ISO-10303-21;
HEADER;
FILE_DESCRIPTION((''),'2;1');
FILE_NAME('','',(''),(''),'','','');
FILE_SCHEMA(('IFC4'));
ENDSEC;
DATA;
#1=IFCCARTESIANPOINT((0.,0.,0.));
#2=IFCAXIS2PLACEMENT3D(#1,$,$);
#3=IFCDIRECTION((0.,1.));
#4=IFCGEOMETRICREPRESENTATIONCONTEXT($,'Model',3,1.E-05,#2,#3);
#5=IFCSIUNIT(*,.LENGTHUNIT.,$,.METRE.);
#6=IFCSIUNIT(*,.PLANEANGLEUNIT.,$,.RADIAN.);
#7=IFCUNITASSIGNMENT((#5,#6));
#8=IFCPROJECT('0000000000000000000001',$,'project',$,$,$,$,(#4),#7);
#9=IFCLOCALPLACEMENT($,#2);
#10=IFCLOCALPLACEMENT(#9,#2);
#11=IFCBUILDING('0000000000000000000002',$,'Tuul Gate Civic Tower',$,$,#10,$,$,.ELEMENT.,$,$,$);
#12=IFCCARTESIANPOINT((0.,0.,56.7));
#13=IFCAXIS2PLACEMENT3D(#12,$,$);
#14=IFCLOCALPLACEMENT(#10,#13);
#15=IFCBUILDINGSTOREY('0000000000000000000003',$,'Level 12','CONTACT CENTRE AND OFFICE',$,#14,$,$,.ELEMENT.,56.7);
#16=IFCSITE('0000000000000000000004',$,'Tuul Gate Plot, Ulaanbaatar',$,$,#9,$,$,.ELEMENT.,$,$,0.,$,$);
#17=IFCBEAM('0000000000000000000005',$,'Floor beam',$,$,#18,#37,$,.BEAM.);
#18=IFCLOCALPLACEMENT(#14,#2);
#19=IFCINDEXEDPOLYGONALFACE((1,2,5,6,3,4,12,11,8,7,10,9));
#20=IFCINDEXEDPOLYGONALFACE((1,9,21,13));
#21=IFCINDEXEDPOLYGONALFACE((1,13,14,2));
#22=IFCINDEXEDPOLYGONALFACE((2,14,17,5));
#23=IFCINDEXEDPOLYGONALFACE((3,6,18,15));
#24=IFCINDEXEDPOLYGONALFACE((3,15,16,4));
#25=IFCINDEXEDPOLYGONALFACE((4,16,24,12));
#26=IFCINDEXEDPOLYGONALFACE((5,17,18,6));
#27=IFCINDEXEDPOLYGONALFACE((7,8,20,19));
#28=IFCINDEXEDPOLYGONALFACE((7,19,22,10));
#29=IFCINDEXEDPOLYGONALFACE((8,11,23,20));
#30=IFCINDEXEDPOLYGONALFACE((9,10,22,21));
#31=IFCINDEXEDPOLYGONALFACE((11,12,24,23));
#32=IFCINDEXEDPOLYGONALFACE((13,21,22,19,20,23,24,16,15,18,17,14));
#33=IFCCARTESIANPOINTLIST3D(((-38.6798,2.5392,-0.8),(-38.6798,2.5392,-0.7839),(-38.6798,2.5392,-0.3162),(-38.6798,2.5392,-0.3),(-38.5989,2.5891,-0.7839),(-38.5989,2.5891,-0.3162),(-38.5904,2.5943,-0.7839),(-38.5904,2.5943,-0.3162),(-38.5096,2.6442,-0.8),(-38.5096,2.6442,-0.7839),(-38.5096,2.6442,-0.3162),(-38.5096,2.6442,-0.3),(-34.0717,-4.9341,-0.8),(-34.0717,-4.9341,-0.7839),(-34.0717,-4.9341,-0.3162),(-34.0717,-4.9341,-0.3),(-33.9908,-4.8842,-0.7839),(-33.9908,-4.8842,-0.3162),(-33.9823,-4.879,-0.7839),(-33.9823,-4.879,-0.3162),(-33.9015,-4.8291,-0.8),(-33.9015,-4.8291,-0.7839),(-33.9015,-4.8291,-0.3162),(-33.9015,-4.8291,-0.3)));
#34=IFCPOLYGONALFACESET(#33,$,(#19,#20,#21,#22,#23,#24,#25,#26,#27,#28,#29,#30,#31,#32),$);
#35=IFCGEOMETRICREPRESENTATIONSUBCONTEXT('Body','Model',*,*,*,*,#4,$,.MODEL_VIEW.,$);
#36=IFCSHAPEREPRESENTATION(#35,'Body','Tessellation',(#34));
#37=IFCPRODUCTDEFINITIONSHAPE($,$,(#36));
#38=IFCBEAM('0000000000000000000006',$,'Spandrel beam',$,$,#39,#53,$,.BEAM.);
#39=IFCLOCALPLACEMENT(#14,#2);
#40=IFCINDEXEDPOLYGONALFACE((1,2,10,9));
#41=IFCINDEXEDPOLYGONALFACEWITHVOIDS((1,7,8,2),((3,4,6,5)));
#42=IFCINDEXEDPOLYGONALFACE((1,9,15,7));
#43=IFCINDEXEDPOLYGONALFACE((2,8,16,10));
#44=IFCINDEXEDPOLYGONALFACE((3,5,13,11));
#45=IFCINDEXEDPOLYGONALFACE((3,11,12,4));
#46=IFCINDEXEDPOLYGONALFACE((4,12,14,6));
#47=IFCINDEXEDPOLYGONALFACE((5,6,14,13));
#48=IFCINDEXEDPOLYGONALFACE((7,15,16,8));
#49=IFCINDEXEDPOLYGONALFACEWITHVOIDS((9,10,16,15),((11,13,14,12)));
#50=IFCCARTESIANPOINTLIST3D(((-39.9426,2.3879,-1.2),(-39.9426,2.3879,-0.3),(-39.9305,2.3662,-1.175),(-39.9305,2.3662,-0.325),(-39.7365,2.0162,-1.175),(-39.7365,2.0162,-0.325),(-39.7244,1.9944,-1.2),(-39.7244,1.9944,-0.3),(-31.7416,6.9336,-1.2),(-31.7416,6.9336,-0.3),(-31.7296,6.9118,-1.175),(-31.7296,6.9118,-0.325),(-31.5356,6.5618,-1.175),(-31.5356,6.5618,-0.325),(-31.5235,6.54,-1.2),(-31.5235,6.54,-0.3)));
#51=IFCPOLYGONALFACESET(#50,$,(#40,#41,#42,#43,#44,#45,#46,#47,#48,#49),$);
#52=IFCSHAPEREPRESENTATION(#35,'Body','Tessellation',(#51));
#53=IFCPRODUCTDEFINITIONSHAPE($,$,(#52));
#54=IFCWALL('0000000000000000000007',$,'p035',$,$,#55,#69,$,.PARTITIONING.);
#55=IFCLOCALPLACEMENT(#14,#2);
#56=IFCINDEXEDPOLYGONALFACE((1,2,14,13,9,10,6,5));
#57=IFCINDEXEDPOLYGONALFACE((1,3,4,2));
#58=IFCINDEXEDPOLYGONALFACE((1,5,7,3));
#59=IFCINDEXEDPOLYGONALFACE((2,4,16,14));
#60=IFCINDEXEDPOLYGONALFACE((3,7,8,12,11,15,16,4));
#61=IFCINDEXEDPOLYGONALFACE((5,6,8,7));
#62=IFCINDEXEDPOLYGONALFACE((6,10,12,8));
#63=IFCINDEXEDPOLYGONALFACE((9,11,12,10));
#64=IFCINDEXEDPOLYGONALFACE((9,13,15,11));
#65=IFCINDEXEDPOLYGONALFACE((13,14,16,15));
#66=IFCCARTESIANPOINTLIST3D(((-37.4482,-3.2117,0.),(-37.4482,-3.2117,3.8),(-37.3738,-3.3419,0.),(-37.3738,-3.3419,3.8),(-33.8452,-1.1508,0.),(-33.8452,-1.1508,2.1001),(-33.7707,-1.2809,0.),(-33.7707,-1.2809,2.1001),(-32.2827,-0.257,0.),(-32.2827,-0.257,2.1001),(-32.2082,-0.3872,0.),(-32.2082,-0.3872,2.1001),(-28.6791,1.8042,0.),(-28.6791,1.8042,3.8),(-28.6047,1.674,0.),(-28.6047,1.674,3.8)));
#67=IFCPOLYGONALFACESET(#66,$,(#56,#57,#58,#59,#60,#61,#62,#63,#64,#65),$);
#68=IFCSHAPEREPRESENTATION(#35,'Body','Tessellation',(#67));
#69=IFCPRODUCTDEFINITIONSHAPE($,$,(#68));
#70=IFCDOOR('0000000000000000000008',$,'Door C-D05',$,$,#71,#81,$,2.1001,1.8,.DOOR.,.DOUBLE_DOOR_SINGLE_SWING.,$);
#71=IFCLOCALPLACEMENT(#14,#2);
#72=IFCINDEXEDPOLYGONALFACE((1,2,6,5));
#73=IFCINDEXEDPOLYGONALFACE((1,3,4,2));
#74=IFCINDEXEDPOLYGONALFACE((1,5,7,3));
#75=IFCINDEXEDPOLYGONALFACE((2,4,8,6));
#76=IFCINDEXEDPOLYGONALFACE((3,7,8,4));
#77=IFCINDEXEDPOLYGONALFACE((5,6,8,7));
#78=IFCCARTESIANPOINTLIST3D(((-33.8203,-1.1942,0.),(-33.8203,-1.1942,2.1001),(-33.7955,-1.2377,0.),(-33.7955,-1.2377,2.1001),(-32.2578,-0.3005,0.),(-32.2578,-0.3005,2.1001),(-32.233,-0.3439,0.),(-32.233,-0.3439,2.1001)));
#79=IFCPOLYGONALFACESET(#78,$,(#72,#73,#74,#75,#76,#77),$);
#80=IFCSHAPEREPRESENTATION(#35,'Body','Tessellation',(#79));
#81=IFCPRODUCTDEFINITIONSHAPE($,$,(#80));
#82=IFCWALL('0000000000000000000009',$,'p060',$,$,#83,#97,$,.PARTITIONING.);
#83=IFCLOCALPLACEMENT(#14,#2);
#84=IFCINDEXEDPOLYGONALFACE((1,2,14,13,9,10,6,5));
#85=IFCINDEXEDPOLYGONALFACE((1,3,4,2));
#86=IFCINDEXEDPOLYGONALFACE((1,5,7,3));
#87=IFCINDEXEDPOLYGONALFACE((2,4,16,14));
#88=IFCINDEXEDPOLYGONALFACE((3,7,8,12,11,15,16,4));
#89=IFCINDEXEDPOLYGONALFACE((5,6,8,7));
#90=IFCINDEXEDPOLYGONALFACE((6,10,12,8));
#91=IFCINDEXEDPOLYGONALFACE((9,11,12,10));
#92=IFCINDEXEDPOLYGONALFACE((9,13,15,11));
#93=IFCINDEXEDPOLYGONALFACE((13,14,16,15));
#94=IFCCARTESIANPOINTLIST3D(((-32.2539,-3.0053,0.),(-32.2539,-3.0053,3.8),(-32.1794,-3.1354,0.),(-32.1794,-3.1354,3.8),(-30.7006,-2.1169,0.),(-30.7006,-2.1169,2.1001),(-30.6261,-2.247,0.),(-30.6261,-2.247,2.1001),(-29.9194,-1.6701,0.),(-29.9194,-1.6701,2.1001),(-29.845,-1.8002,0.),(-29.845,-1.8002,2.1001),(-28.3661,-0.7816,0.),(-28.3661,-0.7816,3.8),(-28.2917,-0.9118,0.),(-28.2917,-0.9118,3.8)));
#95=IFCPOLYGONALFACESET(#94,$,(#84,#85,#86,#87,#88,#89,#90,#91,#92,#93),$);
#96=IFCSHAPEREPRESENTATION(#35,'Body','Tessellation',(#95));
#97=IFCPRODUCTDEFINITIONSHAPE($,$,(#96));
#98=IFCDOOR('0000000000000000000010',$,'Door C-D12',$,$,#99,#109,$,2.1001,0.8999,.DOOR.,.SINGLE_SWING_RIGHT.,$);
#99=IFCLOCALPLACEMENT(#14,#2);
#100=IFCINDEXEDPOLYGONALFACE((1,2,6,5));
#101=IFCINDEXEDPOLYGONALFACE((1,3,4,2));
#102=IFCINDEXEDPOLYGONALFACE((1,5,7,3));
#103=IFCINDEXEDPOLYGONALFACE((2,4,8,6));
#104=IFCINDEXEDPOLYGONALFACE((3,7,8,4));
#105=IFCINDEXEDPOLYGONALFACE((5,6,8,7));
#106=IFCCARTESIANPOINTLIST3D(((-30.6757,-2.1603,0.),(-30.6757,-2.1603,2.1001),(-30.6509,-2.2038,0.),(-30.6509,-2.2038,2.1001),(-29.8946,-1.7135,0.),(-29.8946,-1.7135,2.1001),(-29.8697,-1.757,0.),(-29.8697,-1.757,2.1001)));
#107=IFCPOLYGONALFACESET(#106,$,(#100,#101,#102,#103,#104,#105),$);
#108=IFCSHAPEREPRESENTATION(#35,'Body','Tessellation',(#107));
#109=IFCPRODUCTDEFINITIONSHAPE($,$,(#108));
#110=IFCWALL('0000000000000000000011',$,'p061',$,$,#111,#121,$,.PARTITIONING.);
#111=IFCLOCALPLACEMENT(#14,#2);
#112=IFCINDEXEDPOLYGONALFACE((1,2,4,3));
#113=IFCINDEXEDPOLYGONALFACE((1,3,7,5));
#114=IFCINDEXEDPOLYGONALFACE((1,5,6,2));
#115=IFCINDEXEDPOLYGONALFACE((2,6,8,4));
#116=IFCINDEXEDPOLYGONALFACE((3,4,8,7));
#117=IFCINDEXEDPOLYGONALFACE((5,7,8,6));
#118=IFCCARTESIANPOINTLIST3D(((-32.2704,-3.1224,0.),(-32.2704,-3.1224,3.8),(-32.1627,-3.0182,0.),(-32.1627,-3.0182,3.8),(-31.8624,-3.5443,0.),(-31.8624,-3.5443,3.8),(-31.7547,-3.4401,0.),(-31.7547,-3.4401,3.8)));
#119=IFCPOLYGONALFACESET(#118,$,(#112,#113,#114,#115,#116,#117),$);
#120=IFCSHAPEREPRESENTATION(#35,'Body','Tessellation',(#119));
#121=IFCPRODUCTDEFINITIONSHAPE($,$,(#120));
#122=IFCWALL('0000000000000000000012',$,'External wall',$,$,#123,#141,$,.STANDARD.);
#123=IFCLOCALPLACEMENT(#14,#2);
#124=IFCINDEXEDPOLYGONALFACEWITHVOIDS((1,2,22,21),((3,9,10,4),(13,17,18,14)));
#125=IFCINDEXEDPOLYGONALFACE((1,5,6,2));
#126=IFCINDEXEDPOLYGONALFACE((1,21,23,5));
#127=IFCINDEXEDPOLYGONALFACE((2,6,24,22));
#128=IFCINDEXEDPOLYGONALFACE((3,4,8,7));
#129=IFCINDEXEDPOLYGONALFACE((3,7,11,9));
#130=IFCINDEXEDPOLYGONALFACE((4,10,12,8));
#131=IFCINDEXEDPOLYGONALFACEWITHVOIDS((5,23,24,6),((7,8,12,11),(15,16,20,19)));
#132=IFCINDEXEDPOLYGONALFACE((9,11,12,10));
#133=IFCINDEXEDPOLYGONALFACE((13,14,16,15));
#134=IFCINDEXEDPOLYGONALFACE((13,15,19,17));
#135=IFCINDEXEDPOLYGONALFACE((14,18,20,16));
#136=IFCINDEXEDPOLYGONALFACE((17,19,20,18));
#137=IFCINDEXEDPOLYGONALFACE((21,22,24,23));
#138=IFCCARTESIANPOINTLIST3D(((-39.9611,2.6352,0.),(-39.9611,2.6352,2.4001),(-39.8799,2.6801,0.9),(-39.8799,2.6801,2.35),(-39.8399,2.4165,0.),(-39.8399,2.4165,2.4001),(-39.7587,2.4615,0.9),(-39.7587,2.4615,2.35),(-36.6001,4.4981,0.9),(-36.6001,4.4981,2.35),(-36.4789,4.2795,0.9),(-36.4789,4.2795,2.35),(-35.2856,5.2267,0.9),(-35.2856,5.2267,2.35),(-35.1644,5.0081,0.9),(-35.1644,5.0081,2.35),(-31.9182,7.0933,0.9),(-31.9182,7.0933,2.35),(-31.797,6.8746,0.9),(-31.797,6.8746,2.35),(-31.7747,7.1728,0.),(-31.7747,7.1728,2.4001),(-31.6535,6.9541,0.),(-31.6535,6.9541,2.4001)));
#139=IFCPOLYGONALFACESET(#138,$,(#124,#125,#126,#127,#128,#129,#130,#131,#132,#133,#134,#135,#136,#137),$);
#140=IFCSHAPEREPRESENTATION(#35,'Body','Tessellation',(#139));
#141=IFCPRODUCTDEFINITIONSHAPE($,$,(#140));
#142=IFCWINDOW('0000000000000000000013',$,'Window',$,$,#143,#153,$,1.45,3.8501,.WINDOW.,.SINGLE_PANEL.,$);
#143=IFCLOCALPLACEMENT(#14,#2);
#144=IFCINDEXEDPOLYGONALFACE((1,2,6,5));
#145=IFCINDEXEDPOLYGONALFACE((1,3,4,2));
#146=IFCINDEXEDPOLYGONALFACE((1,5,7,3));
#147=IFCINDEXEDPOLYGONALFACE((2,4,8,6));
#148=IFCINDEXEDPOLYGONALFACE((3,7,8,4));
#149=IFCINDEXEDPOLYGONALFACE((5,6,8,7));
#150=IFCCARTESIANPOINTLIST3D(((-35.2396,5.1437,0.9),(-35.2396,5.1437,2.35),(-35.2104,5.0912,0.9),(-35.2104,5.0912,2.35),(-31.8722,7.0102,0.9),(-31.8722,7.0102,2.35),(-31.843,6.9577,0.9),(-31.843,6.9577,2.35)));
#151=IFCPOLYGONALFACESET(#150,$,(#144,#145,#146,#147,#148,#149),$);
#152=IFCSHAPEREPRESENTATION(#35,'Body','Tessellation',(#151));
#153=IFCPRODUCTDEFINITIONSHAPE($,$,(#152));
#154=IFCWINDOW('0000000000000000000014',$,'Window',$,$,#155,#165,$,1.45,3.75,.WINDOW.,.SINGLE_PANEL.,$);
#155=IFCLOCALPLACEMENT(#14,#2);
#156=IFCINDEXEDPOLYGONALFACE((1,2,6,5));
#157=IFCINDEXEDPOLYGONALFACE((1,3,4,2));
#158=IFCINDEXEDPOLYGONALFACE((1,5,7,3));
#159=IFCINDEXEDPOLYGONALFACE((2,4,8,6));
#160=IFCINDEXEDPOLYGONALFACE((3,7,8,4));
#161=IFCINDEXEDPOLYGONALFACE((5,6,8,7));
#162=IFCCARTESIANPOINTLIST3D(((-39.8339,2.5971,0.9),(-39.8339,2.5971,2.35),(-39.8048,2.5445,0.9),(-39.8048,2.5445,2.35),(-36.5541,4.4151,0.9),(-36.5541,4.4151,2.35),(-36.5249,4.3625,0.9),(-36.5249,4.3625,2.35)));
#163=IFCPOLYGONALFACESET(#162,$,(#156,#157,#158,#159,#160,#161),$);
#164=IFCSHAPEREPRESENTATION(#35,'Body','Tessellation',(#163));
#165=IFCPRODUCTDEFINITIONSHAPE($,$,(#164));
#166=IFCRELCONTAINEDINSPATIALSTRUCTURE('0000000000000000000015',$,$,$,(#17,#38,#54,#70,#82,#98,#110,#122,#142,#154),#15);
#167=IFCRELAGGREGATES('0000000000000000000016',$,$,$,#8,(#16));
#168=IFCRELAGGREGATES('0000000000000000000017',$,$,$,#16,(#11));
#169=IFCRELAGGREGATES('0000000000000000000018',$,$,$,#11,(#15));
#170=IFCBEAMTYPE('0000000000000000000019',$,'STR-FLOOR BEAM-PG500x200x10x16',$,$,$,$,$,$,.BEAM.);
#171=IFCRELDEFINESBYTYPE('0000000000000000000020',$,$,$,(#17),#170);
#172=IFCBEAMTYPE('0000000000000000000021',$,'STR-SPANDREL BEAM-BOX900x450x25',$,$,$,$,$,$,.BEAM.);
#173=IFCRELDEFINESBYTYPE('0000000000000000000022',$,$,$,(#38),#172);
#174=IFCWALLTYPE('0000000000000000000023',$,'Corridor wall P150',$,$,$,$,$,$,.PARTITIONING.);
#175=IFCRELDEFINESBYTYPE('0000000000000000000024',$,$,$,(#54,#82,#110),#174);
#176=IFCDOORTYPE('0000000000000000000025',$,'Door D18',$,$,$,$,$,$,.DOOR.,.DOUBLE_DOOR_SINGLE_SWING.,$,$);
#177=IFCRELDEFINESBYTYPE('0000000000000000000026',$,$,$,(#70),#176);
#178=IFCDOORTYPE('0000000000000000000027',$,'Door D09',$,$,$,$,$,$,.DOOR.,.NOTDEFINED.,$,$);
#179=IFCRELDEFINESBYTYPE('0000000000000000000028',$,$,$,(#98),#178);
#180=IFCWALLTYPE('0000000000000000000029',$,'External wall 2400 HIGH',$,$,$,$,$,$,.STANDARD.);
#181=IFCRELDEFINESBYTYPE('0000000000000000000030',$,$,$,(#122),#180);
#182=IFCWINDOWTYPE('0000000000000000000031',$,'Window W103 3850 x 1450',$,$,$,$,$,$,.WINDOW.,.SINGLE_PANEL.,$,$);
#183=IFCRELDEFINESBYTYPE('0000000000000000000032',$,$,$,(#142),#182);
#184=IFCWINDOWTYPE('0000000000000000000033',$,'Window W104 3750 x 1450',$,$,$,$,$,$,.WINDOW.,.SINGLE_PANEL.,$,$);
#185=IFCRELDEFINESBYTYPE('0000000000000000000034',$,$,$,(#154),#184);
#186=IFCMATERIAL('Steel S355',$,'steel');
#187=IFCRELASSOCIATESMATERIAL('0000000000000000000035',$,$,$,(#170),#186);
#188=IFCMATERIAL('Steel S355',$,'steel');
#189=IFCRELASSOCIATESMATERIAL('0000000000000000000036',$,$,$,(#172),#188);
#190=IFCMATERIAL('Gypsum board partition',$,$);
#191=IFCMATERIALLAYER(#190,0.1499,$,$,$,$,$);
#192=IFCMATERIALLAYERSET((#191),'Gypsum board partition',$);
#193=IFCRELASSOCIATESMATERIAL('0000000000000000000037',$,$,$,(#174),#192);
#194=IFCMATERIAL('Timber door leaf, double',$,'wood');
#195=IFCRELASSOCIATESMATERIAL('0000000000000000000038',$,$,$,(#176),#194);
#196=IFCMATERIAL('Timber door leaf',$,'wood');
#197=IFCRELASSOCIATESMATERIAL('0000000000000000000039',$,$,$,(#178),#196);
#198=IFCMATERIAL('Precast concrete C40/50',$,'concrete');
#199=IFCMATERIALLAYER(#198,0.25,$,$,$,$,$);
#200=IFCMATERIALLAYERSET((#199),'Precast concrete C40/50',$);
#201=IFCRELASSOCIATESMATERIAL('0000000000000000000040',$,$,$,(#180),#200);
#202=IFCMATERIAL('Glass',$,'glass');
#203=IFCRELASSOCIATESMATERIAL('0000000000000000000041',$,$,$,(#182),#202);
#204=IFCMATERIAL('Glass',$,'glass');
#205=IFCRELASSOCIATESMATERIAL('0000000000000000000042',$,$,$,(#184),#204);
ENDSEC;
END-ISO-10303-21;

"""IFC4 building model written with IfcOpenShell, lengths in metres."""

from ifc_helpers import new_model, si_unit, direction, frame, frame_2d, origin, origin_2d, place, context, subcontext, project, spatial, rectangle, hollow_rectangle, i_section, extrude, material, layer, layer_set, material_profile, profile_set, type_object, element, fill, save


model = new_model("IFC4")

# Units and contexts
model_context = context("Model", 3, precision=1e-05, world=origin(), true_north=direction((0.0, 1.0)))
body_context = subcontext(model_context, "Body", "Model", "MODEL_VIEW")
ifc_project = project(units=[si_unit("LENGTHUNIT", "METRE"), si_unit("PLANEANGLEUNIT", "RADIAN")], contexts=[model_context])

# Site, building, storey
site_placement = place(None, origin())
site = spatial("IfcSite", under=ifc_project, at=site_placement, Name="Tuul Gate Plot, Ulaanbaatar", CompositionType="ELEMENT", RefElevation=0.0)
building_placement = place(site_placement, origin())
building = spatial("IfcBuilding", under=site, at=building_placement, Name="Tuul Gate Civic Tower", CompositionType="ELEMENT")
storey_placement = place(building_placement, frame((0.0, 0.0, 56.7)))
storey = spatial("IfcBuildingStorey", under=building, at=storey_placement, Name="Level 12", Description="CONTACT CENTRE AND OFFICE", CompositionType="ELEMENT", Elevation=56.7)

# Beams
ifc_material_1 = material(Name="Steel S355", Category="steel")
ifc_material_profile_1 = material_profile(ifc_material_1, i_section(OverallWidth=0.2, OverallDepth=0.5, WebThickness=0.01, FlangeThickness=0.0161, at=origin_2d()), Name="PG500x200x10x16")
ifc_profile_set_1 = profile_set([ifc_material_profile_1], Name="Steel S355")
beam_type_1 = type_object("IfcBeamType", Name="STR-FLOOR BEAM-PG500x200x10x16", PredefinedType="BEAM", material=ifc_profile_set_1)
beam_1_placement = place(storey_placement, frame((-33.9866, -4.8816, -0.55), z_axis=(-0.524853, 0.851193, 0.0), x_axis=(-0.851193, -0.524853, 0.0)))
element("IfcBeam", 1, at=beam_1_placement, inside=storey, type_object=beam_type_1, Name="Floor beam", PredefinedType="BEAM", context=body_context, shape_type="SweptSolid", body=[
    extrude(i_section(OverallWidth=0.2, OverallDepth=0.5, WebThickness=0.01, FlangeThickness=0.0161, at=origin_2d()), origin(), (0.0, 0.0, 1.0), 8.7798),
])
ifc_material_2 = material(Name="Steel S355", Category="steel")
ifc_material_profile_2 = material_profile(ifc_material_2, hollow_rectangle(XDim=0.45, YDim=0.8999, WallThickness=0.0249, at=origin_2d()), Name="BOX900x450x25")
ifc_profile_set_2 = profile_set([ifc_material_profile_2], Name="Steel S355")
beam_type_2 = type_object("IfcBeamType", Name="STR-SPANDREL BEAM-BOX900x450x25", PredefinedType="BEAM", material=ifc_profile_set_2)
beam_2_placement = place(storey_placement, frame((-31.6326, 6.7368, -0.75), z_axis=(-0.874628, -0.484794, 0.0), x_axis=(0.484794, -0.874628, 0.0)))
element("IfcBeam", 2, at=beam_2_placement, inside=storey, type_object=beam_type_2, Name="Spandrel beam", PredefinedType="BEAM", context=body_context, shape_type="SweptSolid", body=[
    extrude(hollow_rectangle(XDim=0.45, YDim=0.8999, WallThickness=0.0249, at=origin_2d()), origin(), (0.0, 0.0, 1.0), 9.3765),
])

# Walls, openings, doors
ifc_material_3 = material(Name="Gypsum board partition")
ifc_layer_1 = layer(ifc_material_3, 0.1499)
ifc_layer_set_1 = layer_set([ifc_layer_1], Name="Gypsum board partition")
wall_type_1 = type_object("IfcWallType", Name="Corridor wall P150", PredefinedType="PARTITIONING", material=ifc_layer_set_1)
wall_1_placement = place(storey_placement, frame((-37.4111, -3.2769, 0.0), z_axis=(0.0, 0.0, 1.0), x_axis=(0.86803, 0.496511, 0.0)))
wall_1 = element("IfcWall", 3, at=wall_1_placement, inside=storey, type_object=wall_type_1, Name="p035", PredefinedType="PARTITIONING", context=body_context, shape_type="SweptSolid", body=[
    extrude(rectangle(XDim=10.1023, YDim=0.1499, at=frame_2d((5.0513, 0.0))), origin(), (0.0, 0.0, 1.0), 3.8),
])
opening_1_placement = place(wall_1_placement, frame((4.1511, 0.0, 0.0)))
opening_1 = element("IfcOpeningElement", 4, at=opening_1_placement, cuts=wall_1, PredefinedType="OPENING", context=body_context, shape_type="SweptSolid", body=[
    extrude(rectangle(XDim=1.8, YDim=2.1001, at=frame_2d((0.8999, 1.05))), frame((0.0, 0.085, 0.0), z_axis=(0.0, -1.0, 0.0), x_axis=(1.0, 0.0, 0.0)), (0.0, 0.0, 1.0), 0.1699),
])
ifc_material_4 = material(Name="Timber door leaf, double", Category="wood")
door_type_1 = type_object("IfcDoorType", Name="Door D18", OperationType="DOUBLE_DOOR_SINGLE_SWING", PredefinedType="DOOR", material=ifc_material_4)
door_1_placement = place(opening_1_placement, origin())
door_1 = element("IfcDoor", 5, at=door_1_placement, inside=storey, type_object=door_type_1, Name="Door C-D05", OperationType="DOUBLE_DOOR_SINGLE_SWING", OverallHeight=2.1001, OverallWidth=1.8, PredefinedType="DOOR", context=body_context, shape_type="SweptSolid", body=[
    extrude(rectangle(XDim=1.8, YDim=2.1001, at=frame_2d((0.8999, 1.05))), frame((0.0, 0.0249, 0.0), z_axis=(0.0, -1.0, 0.0), x_axis=(1.0, 0.0, 0.0)), (0.0, 0.0, 1.0), 0.05),
])
fill(opening_1, door_1)
wall_2_placement = place(storey_placement, frame((-32.2166, -3.0703, 0.0), z_axis=(0.0, 0.0, 1.0), x_axis=(0.868042, 0.496491, 0.0)))
wall_2 = element("IfcWall", 6, at=wall_2_placement, inside=storey, type_object=wall_type_1, Name="p060", PredefinedType="PARTITIONING", context=body_context, shape_type="SweptSolid", body=[
    extrude(rectangle(XDim=4.4788, YDim=0.1499, at=frame_2d((2.2393, 0.0))), origin(), (0.0, 0.0, 1.0), 3.8),
])
opening_2_placement = place(wall_2_placement, frame((1.7893, 0.0, 0.0)))
opening_2 = element("IfcOpeningElement", 7, at=opening_2_placement, cuts=wall_2, PredefinedType="OPENING", context=body_context, shape_type="SweptSolid", body=[
    extrude(rectangle(XDim=0.8999, YDim=2.1001, at=frame_2d((0.45, 1.05))), frame((0.0, 0.085, 0.0), z_axis=(0.0, -1.0, 0.0), x_axis=(1.0, 0.0, 0.0)), (0.0, 0.0, 1.0), 0.1699),
])
ifc_material_5 = material(Name="Timber door leaf", Category="wood")
door_type_2 = type_object("IfcDoorType", Name="Door D09", OperationType="NOTDEFINED", PredefinedType="DOOR", material=ifc_material_5)
door_2_placement = place(opening_2_placement, origin())
door_2 = element("IfcDoor", 8, at=door_2_placement, inside=storey, type_object=door_type_2, Name="Door C-D12", OperationType="SINGLE_SWING_RIGHT", OverallHeight=2.1001, OverallWidth=0.8999, PredefinedType="DOOR", context=body_context, shape_type="SweptSolid", body=[
    extrude(rectangle(XDim=0.8999, YDim=2.1001, at=frame_2d((0.45, 1.05))), frame((0.0, 0.0249, 0.0), z_axis=(0.0, -1.0, 0.0), x_axis=(1.0, 0.0, 0.0)), (0.0, 0.0, 1.0), 0.05),
])
fill(opening_2, door_2)

# Wall
wall_3_placement = place(storey_placement, frame((-32.2166, -3.0703, 0.0), z_axis=(0.0, 0.0, 1.0), x_axis=(0.695151, -0.718864, 0.0)))
element("IfcWall", 9, at=wall_3_placement, inside=storey, type_object=wall_type_1, Name="p061", PredefinedType="PARTITIONING", context=body_context, shape_type="SweptSolid", body=[
    extrude(rectangle(XDim=0.5869, YDim=0.1499, at=frame_2d((0.2935, 0.0))), origin(), (0.0, 0.0, 1.0), 3.8),
])

# Wall, openings, windows
ifc_material_6 = material(Name="Precast concrete C40/50", Category="concrete")
ifc_layer_2 = layer(ifc_material_6, 0.25)
ifc_layer_set_2 = layer_set([ifc_layer_2], Name="Precast concrete C40/50")
wall_type_2 = type_object("IfcWallType", Name="External wall 2400 HIGH", PredefinedType="STANDARD", material=ifc_layer_set_2)
wall_4_placement = place(storey_placement, frame((-31.7141, 7.0635, 0.0), z_axis=(0.0, 0.0, 1.0), x_axis=(-0.874626, -0.484799, 0.0)))
wall_4 = element("IfcWall", 10, at=wall_4_placement, inside=storey, type_object=wall_type_2, Name="External wall", PredefinedType="STANDARD", context=body_context, shape_type="SweptSolid", body=[
    extrude(rectangle(XDim=9.3599, YDim=0.25, at=frame_2d((4.6799, 0.0))), origin(), (0.0, 0.0, 1.0), 2.4001),
])
opening_3_placement = place(wall_4_placement, frame((0.1641, 0.0, 0.8999)))
opening_3 = element("IfcOpeningElement", 11, at=opening_3_placement, cuts=wall_4, PredefinedType="OPENING", context=body_context, shape_type="SweptSolid", body=[
    extrude(rectangle(XDim=3.8501, YDim=1.45, at=frame_2d((1.925, 0.7251))), frame((0.0, 0.135, 0.0), z_axis=(0.0, -1.0, 0.0), x_axis=(1.0, 0.0, 0.0)), (0.0, 0.0, 1.0), 0.27),
])
opening_4_placement = place(wall_4_placement, frame((5.5171, 0.0, 0.8999)))
opening_4 = element("IfcOpeningElement", 12, at=opening_4_placement, cuts=wall_4, PredefinedType="OPENING", context=body_context, shape_type="SweptSolid", body=[
    extrude(rectangle(XDim=3.75, YDim=1.45, at=frame_2d((1.875, 0.7251))), frame((0.0, 0.135, 0.0), z_axis=(0.0, -1.0, 0.0), x_axis=(1.0, 0.0, 0.0)), (0.0, 0.0, 1.0), 0.27),
])
ifc_material_7 = material(Name="Glass", Category="glass")
window_type_1 = type_object("IfcWindowType", Name="Window W103 3850 x 1450", PartitioningType="SINGLE_PANEL", PredefinedType="WINDOW", material=ifc_material_7)
window_1_placement = place(opening_3_placement, origin())
window_1 = element("IfcWindow", 13, at=window_1_placement, inside=storey, type_object=window_type_1, Name="Window", OverallHeight=1.45, OverallWidth=3.8501, PartitioningType="SINGLE_PANEL", PredefinedType="WINDOW", context=body_context, shape_type="SweptSolid", body=[
    extrude(rectangle(XDim=3.8501, YDim=1.45, at=frame_2d((1.925, 0.7251))), frame((0.0, 0.03, 0.0), z_axis=(0.0, -1.0, 0.0), x_axis=(1.0, 0.0, 0.0)), (0.0, 0.0, 1.0), 0.0601),
])
fill(opening_3, window_1)
ifc_material_8 = material(Name="Glass", Category="glass")
window_type_2 = type_object("IfcWindowType", Name="Window W104 3750 x 1450", PartitioningType="SINGLE_PANEL", PredefinedType="WINDOW", material=ifc_material_8)
window_2_placement = place(opening_4_placement, origin())
window_2 = element("IfcWindow", 14, at=window_2_placement, inside=storey, type_object=window_type_2, Name="Window", OverallHeight=1.45, OverallWidth=3.75, PartitioningType="SINGLE_PANEL", PredefinedType="WINDOW", context=body_context, shape_type="SweptSolid", body=[
    extrude(rectangle(XDim=3.75, YDim=1.45, at=frame_2d((1.875, 0.7251))), frame((0.0, 0.03, 0.0), z_axis=(0.0, -1.0, 0.0), x_axis=(1.0, 0.0, 0.0)), (0.0, 0.0, 1.0), 0.0601),
])
fill(opening_4, window_2)

save(model, "model.ifc")
